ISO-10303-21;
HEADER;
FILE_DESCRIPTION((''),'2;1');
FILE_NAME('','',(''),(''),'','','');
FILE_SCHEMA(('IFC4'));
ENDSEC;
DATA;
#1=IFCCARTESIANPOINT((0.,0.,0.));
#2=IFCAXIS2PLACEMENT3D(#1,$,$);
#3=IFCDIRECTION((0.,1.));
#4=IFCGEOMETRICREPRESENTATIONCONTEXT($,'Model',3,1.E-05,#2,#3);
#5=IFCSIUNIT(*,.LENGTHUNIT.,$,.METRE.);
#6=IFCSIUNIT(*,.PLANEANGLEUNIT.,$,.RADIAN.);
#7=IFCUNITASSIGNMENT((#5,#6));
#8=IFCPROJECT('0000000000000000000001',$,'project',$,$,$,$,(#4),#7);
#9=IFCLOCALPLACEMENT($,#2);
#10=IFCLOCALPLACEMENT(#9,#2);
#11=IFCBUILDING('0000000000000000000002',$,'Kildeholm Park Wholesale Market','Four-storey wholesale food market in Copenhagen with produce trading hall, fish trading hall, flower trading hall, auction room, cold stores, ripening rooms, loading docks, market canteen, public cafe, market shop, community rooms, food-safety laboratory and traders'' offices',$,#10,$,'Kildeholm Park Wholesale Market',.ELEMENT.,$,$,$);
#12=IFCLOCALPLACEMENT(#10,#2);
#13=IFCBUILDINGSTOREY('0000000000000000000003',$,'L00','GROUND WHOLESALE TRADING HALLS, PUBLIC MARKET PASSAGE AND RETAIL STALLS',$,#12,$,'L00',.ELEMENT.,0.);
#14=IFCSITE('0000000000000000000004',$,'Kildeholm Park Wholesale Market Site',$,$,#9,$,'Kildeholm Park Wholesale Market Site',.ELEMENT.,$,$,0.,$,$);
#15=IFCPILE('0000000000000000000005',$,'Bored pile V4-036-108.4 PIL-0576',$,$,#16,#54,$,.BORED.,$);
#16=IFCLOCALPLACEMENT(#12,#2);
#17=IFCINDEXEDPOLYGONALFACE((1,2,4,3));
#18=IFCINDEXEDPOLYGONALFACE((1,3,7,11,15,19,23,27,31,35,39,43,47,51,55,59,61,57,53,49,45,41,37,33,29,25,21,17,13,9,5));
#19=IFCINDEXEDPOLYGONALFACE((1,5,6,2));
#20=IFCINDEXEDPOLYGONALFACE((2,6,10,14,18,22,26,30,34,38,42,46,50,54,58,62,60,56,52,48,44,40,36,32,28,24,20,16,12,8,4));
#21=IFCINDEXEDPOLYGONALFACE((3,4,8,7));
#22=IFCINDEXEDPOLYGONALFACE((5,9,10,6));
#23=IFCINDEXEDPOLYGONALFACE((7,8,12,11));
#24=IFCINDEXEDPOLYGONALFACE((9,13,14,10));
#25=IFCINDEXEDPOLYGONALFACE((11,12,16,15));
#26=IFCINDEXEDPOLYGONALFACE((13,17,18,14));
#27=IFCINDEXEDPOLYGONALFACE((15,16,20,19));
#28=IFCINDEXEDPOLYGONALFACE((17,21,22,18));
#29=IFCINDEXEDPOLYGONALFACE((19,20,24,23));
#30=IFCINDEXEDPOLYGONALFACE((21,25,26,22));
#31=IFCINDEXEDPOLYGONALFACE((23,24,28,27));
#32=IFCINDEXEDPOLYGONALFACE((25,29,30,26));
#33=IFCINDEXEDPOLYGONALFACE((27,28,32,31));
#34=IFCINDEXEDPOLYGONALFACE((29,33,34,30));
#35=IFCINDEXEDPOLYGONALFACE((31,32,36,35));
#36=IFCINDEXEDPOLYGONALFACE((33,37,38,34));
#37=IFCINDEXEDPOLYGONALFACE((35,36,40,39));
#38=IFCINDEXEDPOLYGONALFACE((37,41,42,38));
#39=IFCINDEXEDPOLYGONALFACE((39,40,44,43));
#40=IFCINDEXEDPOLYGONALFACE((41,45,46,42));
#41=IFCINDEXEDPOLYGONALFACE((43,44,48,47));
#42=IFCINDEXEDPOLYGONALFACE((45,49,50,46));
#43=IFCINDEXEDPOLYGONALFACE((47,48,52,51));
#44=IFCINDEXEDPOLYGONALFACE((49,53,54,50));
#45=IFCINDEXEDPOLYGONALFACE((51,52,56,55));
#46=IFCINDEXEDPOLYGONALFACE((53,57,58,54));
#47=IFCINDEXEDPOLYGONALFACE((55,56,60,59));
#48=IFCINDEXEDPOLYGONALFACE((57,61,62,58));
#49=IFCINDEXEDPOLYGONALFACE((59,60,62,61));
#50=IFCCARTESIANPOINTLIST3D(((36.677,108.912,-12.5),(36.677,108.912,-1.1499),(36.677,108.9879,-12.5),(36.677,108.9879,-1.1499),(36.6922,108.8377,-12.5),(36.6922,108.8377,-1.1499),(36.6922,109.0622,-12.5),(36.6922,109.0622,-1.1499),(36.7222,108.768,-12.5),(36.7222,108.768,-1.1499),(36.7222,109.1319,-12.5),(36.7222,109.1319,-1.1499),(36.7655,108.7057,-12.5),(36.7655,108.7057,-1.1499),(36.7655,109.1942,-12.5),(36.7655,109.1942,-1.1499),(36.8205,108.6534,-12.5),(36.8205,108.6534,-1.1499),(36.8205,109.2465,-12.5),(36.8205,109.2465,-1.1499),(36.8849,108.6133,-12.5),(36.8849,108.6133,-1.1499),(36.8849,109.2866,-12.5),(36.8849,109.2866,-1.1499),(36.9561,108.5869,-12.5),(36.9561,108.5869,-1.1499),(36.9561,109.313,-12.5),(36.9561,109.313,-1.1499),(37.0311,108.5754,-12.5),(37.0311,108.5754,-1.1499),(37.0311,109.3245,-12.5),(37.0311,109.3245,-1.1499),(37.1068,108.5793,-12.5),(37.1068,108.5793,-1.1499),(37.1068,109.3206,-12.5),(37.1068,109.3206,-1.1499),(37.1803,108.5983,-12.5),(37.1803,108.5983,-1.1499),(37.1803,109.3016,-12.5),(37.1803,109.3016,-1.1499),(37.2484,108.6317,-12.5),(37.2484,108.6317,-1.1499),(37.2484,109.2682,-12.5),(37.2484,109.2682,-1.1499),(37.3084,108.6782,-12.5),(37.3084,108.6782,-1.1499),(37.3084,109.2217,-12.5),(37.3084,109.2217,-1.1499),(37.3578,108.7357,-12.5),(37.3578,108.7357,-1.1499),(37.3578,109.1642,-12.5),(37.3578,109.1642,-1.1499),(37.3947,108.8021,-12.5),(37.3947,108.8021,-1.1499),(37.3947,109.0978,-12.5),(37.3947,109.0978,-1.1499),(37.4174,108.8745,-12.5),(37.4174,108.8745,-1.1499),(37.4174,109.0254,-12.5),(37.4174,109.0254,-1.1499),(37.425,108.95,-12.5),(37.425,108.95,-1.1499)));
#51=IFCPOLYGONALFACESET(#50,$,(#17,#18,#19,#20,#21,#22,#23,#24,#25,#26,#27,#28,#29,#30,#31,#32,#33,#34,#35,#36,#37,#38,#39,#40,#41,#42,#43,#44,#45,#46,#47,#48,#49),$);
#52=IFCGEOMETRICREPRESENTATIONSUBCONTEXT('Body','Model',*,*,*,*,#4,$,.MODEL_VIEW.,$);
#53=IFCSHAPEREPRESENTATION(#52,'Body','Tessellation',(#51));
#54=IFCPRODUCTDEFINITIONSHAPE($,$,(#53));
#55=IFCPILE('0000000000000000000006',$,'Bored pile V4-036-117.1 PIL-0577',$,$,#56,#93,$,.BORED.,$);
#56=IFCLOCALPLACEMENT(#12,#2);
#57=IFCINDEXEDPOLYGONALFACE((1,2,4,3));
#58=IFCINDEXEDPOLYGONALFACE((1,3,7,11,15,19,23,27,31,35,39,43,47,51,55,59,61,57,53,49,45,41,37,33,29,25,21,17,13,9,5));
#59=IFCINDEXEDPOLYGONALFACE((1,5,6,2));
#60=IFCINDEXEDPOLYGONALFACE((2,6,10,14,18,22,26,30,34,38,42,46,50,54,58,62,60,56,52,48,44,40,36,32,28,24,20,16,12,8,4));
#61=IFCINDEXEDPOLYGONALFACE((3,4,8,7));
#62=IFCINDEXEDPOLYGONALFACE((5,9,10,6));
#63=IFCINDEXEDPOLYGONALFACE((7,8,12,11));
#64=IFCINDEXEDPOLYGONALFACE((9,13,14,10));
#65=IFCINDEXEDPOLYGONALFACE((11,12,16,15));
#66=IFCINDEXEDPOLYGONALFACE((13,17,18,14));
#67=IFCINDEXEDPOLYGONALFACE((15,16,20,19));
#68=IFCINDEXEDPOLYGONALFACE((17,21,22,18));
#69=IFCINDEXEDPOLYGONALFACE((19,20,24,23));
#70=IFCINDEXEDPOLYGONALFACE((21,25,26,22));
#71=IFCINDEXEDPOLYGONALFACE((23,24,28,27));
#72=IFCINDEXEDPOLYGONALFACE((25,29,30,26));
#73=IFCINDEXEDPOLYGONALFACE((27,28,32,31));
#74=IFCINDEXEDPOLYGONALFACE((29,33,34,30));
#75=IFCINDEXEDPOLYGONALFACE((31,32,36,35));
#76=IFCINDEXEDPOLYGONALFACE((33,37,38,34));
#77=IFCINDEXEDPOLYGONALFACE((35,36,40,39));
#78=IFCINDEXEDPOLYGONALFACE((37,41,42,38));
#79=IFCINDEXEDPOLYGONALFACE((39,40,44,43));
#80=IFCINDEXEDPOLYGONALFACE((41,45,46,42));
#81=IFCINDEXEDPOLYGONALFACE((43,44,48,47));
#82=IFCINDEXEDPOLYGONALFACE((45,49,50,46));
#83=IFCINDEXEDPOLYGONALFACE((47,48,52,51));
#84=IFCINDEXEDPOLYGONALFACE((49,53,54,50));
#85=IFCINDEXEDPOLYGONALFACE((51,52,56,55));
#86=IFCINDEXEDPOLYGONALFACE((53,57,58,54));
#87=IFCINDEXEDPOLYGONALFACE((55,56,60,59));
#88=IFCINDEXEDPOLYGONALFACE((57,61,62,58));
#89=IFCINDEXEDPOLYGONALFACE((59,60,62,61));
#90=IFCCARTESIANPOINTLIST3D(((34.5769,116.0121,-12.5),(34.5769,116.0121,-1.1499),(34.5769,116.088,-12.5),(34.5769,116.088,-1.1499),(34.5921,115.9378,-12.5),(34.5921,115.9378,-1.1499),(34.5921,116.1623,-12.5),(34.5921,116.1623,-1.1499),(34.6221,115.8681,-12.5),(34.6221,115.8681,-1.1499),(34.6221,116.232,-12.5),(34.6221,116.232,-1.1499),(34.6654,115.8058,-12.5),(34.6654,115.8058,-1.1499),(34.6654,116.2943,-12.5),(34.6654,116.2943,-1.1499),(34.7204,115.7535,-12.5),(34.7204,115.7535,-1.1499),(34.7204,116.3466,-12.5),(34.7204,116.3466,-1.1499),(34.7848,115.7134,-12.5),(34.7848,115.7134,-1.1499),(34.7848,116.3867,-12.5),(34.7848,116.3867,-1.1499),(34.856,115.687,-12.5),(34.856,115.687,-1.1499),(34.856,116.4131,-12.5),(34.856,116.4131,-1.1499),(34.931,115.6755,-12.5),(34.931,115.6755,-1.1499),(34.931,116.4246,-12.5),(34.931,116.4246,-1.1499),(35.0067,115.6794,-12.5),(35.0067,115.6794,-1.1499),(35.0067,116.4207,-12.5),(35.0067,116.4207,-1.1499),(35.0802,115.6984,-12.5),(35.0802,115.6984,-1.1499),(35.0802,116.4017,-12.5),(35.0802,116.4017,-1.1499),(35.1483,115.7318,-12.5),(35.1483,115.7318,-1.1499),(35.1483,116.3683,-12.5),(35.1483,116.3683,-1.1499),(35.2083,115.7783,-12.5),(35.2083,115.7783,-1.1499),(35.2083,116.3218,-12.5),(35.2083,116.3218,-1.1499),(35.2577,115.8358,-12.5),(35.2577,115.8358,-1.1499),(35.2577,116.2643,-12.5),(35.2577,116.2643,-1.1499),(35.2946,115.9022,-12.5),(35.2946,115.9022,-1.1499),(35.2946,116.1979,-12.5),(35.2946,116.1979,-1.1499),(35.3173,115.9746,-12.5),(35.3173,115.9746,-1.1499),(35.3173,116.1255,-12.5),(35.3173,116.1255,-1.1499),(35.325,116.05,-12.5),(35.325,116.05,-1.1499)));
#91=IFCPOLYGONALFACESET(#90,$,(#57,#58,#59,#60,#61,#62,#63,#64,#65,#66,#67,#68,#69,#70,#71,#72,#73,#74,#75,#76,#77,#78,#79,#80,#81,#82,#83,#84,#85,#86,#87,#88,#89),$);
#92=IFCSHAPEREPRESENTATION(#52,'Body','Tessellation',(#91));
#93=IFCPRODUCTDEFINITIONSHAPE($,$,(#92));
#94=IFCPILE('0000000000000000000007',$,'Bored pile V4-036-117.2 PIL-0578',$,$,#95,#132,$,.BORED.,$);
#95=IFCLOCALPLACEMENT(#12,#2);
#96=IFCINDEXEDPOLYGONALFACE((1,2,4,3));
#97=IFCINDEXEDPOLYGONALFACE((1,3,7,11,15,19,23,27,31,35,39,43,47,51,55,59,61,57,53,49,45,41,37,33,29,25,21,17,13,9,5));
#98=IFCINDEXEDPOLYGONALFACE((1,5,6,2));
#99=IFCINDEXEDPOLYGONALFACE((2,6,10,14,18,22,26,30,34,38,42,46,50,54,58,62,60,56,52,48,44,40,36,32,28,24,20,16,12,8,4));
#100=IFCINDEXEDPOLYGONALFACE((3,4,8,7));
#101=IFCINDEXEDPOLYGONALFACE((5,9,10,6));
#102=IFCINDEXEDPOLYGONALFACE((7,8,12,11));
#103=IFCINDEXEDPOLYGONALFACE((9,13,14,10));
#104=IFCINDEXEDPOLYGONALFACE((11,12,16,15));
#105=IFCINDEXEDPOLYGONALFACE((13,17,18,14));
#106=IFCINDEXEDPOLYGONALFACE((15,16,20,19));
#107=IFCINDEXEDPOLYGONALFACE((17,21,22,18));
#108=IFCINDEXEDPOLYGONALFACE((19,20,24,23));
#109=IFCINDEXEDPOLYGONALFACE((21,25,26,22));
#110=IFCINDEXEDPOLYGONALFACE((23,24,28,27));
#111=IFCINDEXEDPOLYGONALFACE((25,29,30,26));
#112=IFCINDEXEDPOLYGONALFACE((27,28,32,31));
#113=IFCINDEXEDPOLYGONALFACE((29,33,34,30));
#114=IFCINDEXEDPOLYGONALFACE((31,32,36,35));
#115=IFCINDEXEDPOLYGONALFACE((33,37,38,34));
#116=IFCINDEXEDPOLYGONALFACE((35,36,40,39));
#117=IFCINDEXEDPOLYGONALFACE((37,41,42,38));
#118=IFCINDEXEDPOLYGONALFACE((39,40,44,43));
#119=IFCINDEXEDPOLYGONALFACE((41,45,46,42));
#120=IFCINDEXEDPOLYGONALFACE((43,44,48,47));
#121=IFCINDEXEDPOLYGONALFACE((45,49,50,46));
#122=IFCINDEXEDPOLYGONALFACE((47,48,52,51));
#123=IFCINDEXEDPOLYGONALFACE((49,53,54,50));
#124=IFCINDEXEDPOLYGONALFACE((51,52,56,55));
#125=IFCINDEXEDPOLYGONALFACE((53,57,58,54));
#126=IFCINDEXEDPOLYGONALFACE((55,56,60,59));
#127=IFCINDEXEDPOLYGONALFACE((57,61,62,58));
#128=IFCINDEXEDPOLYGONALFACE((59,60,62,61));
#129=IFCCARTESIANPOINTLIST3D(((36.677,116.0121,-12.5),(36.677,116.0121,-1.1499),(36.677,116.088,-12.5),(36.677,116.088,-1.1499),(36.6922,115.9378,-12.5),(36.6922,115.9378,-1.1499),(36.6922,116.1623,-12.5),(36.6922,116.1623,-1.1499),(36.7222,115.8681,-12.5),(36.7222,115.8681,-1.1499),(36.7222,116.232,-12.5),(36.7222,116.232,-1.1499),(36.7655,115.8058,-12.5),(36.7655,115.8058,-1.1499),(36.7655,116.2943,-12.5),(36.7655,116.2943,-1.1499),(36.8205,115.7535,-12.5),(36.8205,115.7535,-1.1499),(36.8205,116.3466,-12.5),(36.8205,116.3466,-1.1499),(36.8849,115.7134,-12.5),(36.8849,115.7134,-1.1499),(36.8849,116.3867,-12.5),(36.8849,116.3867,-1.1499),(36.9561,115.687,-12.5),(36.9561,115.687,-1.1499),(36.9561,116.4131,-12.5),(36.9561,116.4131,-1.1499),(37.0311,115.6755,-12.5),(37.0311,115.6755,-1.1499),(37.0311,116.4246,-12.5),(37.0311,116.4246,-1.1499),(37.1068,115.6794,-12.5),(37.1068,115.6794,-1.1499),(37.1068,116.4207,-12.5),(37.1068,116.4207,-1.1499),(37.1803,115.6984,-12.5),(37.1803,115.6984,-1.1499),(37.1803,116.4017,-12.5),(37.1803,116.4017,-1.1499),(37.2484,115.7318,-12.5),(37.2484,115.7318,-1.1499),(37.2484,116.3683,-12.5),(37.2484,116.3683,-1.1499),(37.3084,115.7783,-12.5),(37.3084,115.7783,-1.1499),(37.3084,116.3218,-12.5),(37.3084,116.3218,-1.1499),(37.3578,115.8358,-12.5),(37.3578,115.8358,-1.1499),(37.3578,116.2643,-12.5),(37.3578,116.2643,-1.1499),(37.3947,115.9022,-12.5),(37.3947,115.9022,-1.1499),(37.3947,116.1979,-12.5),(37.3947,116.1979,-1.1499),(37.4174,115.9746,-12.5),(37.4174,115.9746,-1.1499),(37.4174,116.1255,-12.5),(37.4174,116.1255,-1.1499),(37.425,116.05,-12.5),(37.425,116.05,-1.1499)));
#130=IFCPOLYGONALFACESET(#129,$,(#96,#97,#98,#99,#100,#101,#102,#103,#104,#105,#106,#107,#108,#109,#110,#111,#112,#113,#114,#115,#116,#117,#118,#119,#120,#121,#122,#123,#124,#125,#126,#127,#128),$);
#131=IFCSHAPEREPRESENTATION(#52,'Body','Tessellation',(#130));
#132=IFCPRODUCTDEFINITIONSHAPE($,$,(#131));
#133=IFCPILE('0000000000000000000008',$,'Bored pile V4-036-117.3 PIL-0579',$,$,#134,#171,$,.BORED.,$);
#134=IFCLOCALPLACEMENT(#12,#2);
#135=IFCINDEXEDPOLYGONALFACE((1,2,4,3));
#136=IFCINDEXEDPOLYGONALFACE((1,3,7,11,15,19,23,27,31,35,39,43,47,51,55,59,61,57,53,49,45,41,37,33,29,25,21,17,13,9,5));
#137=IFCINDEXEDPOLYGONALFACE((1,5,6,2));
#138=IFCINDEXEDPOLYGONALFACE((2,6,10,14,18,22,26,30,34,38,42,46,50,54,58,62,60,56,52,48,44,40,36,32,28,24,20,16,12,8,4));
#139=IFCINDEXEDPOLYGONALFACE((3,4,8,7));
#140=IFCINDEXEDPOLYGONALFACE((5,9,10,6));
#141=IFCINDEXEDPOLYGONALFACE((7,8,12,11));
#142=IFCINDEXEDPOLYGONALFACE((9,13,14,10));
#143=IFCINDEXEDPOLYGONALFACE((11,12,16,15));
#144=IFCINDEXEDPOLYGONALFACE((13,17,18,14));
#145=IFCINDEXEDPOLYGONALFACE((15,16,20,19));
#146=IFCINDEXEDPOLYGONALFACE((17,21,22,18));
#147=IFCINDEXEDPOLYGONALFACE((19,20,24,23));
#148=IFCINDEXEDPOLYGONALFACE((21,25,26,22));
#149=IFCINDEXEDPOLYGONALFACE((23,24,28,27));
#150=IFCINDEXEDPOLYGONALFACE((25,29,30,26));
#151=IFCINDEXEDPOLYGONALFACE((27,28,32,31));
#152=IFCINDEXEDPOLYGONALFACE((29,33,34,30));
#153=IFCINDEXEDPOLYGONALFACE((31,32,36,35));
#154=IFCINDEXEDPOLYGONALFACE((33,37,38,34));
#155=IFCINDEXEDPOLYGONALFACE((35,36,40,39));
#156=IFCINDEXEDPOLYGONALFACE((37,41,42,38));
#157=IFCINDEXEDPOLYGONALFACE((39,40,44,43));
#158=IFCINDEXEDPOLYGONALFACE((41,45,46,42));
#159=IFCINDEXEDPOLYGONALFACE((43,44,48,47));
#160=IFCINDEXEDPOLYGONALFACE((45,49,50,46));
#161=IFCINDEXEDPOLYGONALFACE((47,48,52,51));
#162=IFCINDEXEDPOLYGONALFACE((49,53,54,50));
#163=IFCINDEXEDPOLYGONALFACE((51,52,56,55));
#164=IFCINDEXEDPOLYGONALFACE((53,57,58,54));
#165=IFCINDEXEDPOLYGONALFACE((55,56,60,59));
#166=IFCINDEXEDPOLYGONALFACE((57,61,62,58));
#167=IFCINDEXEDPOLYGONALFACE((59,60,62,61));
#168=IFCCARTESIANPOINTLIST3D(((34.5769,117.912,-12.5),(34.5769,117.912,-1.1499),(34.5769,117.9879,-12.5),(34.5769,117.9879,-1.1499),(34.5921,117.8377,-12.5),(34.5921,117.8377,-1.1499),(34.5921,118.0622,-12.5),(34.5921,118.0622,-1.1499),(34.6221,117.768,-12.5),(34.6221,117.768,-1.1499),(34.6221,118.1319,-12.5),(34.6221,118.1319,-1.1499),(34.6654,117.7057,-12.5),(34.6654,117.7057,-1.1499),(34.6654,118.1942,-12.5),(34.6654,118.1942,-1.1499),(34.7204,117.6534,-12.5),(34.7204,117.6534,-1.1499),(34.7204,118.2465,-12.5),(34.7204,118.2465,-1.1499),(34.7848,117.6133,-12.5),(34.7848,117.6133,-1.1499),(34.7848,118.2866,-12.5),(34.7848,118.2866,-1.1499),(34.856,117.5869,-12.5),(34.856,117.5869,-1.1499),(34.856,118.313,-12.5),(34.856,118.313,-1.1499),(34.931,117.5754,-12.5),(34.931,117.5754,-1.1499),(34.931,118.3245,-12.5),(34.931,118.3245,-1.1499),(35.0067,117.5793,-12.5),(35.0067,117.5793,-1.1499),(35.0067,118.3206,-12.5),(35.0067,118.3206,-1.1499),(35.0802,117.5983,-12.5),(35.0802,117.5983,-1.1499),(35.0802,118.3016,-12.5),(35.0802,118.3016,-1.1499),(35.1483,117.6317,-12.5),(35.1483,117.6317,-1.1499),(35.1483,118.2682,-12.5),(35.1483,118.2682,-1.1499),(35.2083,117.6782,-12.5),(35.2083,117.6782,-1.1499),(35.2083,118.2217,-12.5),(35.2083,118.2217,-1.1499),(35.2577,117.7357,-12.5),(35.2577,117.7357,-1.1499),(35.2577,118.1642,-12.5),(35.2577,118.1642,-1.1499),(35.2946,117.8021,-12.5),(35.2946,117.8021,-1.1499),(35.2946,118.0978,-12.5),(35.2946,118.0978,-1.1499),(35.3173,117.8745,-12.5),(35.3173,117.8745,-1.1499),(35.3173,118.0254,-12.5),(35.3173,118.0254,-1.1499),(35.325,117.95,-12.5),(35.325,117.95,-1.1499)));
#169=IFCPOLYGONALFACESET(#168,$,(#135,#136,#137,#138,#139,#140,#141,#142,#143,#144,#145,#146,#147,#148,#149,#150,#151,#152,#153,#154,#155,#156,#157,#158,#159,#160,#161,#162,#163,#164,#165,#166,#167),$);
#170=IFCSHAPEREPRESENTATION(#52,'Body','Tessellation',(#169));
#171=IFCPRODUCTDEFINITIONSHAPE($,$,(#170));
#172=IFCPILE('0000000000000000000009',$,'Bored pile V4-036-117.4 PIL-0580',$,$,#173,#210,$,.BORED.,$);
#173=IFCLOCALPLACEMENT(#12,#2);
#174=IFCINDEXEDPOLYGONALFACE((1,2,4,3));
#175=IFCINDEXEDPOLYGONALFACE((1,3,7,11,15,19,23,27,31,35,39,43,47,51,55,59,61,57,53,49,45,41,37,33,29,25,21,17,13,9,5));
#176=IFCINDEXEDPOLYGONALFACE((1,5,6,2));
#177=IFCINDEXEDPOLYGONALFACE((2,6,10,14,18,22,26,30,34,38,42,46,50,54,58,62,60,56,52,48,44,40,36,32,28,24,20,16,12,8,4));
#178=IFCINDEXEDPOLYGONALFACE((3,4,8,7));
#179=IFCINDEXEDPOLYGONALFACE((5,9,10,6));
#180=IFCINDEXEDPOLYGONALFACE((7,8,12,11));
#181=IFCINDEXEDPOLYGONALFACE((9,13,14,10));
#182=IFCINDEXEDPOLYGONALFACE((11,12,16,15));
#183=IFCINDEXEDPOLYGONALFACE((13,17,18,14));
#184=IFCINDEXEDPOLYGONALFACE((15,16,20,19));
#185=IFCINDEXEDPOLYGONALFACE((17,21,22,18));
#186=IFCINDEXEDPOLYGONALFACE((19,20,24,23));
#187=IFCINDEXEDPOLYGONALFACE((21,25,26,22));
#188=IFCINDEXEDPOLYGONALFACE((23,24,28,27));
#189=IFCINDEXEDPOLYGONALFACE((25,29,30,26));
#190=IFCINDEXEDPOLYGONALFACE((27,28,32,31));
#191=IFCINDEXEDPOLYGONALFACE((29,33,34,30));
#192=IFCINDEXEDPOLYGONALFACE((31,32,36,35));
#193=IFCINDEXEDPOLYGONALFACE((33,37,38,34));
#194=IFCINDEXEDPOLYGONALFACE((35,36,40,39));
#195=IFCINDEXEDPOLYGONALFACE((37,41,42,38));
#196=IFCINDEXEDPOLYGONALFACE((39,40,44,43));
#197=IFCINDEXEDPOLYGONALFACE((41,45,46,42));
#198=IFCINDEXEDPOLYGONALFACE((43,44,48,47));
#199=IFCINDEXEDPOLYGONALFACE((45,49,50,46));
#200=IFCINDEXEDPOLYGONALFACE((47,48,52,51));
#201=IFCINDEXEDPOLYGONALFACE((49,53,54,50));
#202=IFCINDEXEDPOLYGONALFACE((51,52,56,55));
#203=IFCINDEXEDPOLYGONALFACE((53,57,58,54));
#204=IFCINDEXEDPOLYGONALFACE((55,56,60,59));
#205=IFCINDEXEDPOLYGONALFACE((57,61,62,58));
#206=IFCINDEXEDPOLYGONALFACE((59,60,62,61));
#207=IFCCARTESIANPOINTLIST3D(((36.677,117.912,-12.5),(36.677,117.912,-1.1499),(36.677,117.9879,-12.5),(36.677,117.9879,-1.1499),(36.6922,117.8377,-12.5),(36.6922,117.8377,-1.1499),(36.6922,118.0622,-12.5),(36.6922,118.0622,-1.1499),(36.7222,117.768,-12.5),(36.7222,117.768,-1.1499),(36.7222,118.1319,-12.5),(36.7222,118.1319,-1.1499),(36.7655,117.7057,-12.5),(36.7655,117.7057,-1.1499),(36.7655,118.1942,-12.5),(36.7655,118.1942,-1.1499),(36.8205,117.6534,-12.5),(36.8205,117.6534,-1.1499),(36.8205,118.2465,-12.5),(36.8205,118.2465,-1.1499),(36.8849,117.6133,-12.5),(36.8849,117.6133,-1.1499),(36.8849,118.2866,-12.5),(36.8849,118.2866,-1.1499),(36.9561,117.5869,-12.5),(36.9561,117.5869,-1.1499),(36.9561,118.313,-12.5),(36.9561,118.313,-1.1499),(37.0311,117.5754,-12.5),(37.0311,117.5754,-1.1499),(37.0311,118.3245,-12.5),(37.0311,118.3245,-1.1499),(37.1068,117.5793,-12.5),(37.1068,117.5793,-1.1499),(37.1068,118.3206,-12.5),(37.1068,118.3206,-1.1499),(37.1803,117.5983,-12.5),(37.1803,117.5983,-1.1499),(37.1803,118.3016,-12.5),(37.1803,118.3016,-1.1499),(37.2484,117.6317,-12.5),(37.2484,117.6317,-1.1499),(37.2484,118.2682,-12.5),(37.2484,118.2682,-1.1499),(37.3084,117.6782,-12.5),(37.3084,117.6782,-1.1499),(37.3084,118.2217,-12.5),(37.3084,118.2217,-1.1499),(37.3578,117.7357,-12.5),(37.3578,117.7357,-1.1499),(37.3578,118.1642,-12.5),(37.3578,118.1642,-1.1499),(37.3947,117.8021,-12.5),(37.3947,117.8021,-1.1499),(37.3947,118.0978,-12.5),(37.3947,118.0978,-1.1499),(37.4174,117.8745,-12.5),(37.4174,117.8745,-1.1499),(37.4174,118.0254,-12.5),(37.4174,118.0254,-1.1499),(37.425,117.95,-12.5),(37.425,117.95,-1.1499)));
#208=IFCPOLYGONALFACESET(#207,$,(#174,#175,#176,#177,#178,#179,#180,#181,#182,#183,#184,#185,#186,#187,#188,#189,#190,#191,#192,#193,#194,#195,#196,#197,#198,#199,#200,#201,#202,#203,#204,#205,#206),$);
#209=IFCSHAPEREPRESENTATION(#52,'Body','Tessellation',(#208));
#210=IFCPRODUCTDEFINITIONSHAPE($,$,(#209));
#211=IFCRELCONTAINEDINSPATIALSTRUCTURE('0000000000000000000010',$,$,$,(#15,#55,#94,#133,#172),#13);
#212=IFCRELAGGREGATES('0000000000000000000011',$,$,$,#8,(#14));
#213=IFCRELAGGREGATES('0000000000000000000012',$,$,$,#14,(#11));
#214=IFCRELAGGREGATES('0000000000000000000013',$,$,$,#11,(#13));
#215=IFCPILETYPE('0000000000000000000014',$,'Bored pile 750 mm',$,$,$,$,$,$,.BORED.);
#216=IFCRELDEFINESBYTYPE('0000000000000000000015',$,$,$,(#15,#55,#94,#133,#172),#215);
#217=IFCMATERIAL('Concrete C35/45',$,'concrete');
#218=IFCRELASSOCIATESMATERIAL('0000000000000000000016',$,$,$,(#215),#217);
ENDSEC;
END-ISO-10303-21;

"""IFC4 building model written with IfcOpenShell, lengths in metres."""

from ifc_helpers import new_model, si_unit, direction, frame, origin, origin_2d, place, context, subcontext, project, spatial, circle, extrude, material, material_profile, profile_set, type_object, element, save


model = new_model("IFC4")

# Units and contexts
model_context = context("Model", 3, precision=1e-05, world=origin(), true_north=direction((0.0, 1.0)))
body_context = subcontext(model_context, "Body", "Model", "MODEL_VIEW")
ifc_project = project(units=[si_unit("LENGTHUNIT", "METRE"), si_unit("PLANEANGLEUNIT", "RADIAN")], contexts=[model_context])

# Site, building, storey
site_placement = place(None, origin())
site = spatial("IfcSite", under=ifc_project, at=site_placement, Name="Kildeholm Park Wholesale Market Site", LongName="Kildeholm Park Wholesale Market Site", CompositionType="ELEMENT", RefElevation=0.0)
building_placement = place(site_placement, origin())
building = spatial("IfcBuilding", under=site, at=building_placement, Name="Kildeholm Park Wholesale Market", Description="Four-storey wholesale food market in Copenhagen with produce trading hall, fish trading hall, flower trading hall, auction room, cold stores, ripening rooms, loading docks, market canteen, public cafe, market shop, community rooms, food-safety laboratory and traders' offices", LongName="Kildeholm Park Wholesale Market", CompositionType="ELEMENT")
storey_placement = place(building_placement, origin())
storey = spatial("IfcBuildingStorey", under=building, at=storey_placement, Name="L00", Description="GROUND WHOLESALE TRADING HALLS, PUBLIC MARKET PASSAGE AND RETAIL STALLS", LongName="L00", CompositionType="ELEMENT", Elevation=0.0)

# Piles
ifc_material_1 = material(Name="Concrete C35/45", Category="concrete")
ifc_material_profile_1 = material_profile(ifc_material_1, circle(Radius=0.375, at=origin_2d()), Name="PILE D750")
ifc_profile_set_1 = profile_set([ifc_material_profile_1], Name="Concrete C35/45")
pile_type_1 = type_object("IfcPileType", Name="Bored pile 750 mm", PredefinedType="BORED", material=ifc_profile_set_1)
for number, where, z_axis, x_axis, name in (
    (1, (37.05, 108.95, -1.1499), (0.0, 0.0, -1.0), (1.0, 0.0, 0.0), "Bored pile V4-036-108.4 PIL-0576"),
    (2, (34.95, 116.05, -1.1499), (0.0, 0.0, -1.0), (1.0, 0.0, 0.0), "Bored pile V4-036-117.1 PIL-0577"),
    (3, (37.05, 116.05, -1.1499), (0.0, 0.0, -1.0), (1.0, 0.0, 0.0), "Bored pile V4-036-117.2 PIL-0578"),
    (4, (34.95, 117.95, -1.1499), (0.0, 0.0, -1.0), (1.0, 0.0, 0.0), "Bored pile V4-036-117.3 PIL-0579"),
    (5, (37.05, 117.95, -1.1499), (0.0, 0.0, -1.0), (1.0, 0.0, 0.0), "Bored pile V4-036-117.4 PIL-0580"),
):
    element("IfcPile", number, at=place(storey_placement, frame(where, z_axis=z_axis, x_axis=x_axis)), inside=storey, type_object=pile_type_1, Name=name, PredefinedType="BORED", context=body_context, shape_type="SweptSolid", body=[
        extrude(circle(Radius=0.375, at=origin_2d()), origin(), (0.0, 0.0, 1.0), 11.3501),
    ])

save(model, "model.ifc")
